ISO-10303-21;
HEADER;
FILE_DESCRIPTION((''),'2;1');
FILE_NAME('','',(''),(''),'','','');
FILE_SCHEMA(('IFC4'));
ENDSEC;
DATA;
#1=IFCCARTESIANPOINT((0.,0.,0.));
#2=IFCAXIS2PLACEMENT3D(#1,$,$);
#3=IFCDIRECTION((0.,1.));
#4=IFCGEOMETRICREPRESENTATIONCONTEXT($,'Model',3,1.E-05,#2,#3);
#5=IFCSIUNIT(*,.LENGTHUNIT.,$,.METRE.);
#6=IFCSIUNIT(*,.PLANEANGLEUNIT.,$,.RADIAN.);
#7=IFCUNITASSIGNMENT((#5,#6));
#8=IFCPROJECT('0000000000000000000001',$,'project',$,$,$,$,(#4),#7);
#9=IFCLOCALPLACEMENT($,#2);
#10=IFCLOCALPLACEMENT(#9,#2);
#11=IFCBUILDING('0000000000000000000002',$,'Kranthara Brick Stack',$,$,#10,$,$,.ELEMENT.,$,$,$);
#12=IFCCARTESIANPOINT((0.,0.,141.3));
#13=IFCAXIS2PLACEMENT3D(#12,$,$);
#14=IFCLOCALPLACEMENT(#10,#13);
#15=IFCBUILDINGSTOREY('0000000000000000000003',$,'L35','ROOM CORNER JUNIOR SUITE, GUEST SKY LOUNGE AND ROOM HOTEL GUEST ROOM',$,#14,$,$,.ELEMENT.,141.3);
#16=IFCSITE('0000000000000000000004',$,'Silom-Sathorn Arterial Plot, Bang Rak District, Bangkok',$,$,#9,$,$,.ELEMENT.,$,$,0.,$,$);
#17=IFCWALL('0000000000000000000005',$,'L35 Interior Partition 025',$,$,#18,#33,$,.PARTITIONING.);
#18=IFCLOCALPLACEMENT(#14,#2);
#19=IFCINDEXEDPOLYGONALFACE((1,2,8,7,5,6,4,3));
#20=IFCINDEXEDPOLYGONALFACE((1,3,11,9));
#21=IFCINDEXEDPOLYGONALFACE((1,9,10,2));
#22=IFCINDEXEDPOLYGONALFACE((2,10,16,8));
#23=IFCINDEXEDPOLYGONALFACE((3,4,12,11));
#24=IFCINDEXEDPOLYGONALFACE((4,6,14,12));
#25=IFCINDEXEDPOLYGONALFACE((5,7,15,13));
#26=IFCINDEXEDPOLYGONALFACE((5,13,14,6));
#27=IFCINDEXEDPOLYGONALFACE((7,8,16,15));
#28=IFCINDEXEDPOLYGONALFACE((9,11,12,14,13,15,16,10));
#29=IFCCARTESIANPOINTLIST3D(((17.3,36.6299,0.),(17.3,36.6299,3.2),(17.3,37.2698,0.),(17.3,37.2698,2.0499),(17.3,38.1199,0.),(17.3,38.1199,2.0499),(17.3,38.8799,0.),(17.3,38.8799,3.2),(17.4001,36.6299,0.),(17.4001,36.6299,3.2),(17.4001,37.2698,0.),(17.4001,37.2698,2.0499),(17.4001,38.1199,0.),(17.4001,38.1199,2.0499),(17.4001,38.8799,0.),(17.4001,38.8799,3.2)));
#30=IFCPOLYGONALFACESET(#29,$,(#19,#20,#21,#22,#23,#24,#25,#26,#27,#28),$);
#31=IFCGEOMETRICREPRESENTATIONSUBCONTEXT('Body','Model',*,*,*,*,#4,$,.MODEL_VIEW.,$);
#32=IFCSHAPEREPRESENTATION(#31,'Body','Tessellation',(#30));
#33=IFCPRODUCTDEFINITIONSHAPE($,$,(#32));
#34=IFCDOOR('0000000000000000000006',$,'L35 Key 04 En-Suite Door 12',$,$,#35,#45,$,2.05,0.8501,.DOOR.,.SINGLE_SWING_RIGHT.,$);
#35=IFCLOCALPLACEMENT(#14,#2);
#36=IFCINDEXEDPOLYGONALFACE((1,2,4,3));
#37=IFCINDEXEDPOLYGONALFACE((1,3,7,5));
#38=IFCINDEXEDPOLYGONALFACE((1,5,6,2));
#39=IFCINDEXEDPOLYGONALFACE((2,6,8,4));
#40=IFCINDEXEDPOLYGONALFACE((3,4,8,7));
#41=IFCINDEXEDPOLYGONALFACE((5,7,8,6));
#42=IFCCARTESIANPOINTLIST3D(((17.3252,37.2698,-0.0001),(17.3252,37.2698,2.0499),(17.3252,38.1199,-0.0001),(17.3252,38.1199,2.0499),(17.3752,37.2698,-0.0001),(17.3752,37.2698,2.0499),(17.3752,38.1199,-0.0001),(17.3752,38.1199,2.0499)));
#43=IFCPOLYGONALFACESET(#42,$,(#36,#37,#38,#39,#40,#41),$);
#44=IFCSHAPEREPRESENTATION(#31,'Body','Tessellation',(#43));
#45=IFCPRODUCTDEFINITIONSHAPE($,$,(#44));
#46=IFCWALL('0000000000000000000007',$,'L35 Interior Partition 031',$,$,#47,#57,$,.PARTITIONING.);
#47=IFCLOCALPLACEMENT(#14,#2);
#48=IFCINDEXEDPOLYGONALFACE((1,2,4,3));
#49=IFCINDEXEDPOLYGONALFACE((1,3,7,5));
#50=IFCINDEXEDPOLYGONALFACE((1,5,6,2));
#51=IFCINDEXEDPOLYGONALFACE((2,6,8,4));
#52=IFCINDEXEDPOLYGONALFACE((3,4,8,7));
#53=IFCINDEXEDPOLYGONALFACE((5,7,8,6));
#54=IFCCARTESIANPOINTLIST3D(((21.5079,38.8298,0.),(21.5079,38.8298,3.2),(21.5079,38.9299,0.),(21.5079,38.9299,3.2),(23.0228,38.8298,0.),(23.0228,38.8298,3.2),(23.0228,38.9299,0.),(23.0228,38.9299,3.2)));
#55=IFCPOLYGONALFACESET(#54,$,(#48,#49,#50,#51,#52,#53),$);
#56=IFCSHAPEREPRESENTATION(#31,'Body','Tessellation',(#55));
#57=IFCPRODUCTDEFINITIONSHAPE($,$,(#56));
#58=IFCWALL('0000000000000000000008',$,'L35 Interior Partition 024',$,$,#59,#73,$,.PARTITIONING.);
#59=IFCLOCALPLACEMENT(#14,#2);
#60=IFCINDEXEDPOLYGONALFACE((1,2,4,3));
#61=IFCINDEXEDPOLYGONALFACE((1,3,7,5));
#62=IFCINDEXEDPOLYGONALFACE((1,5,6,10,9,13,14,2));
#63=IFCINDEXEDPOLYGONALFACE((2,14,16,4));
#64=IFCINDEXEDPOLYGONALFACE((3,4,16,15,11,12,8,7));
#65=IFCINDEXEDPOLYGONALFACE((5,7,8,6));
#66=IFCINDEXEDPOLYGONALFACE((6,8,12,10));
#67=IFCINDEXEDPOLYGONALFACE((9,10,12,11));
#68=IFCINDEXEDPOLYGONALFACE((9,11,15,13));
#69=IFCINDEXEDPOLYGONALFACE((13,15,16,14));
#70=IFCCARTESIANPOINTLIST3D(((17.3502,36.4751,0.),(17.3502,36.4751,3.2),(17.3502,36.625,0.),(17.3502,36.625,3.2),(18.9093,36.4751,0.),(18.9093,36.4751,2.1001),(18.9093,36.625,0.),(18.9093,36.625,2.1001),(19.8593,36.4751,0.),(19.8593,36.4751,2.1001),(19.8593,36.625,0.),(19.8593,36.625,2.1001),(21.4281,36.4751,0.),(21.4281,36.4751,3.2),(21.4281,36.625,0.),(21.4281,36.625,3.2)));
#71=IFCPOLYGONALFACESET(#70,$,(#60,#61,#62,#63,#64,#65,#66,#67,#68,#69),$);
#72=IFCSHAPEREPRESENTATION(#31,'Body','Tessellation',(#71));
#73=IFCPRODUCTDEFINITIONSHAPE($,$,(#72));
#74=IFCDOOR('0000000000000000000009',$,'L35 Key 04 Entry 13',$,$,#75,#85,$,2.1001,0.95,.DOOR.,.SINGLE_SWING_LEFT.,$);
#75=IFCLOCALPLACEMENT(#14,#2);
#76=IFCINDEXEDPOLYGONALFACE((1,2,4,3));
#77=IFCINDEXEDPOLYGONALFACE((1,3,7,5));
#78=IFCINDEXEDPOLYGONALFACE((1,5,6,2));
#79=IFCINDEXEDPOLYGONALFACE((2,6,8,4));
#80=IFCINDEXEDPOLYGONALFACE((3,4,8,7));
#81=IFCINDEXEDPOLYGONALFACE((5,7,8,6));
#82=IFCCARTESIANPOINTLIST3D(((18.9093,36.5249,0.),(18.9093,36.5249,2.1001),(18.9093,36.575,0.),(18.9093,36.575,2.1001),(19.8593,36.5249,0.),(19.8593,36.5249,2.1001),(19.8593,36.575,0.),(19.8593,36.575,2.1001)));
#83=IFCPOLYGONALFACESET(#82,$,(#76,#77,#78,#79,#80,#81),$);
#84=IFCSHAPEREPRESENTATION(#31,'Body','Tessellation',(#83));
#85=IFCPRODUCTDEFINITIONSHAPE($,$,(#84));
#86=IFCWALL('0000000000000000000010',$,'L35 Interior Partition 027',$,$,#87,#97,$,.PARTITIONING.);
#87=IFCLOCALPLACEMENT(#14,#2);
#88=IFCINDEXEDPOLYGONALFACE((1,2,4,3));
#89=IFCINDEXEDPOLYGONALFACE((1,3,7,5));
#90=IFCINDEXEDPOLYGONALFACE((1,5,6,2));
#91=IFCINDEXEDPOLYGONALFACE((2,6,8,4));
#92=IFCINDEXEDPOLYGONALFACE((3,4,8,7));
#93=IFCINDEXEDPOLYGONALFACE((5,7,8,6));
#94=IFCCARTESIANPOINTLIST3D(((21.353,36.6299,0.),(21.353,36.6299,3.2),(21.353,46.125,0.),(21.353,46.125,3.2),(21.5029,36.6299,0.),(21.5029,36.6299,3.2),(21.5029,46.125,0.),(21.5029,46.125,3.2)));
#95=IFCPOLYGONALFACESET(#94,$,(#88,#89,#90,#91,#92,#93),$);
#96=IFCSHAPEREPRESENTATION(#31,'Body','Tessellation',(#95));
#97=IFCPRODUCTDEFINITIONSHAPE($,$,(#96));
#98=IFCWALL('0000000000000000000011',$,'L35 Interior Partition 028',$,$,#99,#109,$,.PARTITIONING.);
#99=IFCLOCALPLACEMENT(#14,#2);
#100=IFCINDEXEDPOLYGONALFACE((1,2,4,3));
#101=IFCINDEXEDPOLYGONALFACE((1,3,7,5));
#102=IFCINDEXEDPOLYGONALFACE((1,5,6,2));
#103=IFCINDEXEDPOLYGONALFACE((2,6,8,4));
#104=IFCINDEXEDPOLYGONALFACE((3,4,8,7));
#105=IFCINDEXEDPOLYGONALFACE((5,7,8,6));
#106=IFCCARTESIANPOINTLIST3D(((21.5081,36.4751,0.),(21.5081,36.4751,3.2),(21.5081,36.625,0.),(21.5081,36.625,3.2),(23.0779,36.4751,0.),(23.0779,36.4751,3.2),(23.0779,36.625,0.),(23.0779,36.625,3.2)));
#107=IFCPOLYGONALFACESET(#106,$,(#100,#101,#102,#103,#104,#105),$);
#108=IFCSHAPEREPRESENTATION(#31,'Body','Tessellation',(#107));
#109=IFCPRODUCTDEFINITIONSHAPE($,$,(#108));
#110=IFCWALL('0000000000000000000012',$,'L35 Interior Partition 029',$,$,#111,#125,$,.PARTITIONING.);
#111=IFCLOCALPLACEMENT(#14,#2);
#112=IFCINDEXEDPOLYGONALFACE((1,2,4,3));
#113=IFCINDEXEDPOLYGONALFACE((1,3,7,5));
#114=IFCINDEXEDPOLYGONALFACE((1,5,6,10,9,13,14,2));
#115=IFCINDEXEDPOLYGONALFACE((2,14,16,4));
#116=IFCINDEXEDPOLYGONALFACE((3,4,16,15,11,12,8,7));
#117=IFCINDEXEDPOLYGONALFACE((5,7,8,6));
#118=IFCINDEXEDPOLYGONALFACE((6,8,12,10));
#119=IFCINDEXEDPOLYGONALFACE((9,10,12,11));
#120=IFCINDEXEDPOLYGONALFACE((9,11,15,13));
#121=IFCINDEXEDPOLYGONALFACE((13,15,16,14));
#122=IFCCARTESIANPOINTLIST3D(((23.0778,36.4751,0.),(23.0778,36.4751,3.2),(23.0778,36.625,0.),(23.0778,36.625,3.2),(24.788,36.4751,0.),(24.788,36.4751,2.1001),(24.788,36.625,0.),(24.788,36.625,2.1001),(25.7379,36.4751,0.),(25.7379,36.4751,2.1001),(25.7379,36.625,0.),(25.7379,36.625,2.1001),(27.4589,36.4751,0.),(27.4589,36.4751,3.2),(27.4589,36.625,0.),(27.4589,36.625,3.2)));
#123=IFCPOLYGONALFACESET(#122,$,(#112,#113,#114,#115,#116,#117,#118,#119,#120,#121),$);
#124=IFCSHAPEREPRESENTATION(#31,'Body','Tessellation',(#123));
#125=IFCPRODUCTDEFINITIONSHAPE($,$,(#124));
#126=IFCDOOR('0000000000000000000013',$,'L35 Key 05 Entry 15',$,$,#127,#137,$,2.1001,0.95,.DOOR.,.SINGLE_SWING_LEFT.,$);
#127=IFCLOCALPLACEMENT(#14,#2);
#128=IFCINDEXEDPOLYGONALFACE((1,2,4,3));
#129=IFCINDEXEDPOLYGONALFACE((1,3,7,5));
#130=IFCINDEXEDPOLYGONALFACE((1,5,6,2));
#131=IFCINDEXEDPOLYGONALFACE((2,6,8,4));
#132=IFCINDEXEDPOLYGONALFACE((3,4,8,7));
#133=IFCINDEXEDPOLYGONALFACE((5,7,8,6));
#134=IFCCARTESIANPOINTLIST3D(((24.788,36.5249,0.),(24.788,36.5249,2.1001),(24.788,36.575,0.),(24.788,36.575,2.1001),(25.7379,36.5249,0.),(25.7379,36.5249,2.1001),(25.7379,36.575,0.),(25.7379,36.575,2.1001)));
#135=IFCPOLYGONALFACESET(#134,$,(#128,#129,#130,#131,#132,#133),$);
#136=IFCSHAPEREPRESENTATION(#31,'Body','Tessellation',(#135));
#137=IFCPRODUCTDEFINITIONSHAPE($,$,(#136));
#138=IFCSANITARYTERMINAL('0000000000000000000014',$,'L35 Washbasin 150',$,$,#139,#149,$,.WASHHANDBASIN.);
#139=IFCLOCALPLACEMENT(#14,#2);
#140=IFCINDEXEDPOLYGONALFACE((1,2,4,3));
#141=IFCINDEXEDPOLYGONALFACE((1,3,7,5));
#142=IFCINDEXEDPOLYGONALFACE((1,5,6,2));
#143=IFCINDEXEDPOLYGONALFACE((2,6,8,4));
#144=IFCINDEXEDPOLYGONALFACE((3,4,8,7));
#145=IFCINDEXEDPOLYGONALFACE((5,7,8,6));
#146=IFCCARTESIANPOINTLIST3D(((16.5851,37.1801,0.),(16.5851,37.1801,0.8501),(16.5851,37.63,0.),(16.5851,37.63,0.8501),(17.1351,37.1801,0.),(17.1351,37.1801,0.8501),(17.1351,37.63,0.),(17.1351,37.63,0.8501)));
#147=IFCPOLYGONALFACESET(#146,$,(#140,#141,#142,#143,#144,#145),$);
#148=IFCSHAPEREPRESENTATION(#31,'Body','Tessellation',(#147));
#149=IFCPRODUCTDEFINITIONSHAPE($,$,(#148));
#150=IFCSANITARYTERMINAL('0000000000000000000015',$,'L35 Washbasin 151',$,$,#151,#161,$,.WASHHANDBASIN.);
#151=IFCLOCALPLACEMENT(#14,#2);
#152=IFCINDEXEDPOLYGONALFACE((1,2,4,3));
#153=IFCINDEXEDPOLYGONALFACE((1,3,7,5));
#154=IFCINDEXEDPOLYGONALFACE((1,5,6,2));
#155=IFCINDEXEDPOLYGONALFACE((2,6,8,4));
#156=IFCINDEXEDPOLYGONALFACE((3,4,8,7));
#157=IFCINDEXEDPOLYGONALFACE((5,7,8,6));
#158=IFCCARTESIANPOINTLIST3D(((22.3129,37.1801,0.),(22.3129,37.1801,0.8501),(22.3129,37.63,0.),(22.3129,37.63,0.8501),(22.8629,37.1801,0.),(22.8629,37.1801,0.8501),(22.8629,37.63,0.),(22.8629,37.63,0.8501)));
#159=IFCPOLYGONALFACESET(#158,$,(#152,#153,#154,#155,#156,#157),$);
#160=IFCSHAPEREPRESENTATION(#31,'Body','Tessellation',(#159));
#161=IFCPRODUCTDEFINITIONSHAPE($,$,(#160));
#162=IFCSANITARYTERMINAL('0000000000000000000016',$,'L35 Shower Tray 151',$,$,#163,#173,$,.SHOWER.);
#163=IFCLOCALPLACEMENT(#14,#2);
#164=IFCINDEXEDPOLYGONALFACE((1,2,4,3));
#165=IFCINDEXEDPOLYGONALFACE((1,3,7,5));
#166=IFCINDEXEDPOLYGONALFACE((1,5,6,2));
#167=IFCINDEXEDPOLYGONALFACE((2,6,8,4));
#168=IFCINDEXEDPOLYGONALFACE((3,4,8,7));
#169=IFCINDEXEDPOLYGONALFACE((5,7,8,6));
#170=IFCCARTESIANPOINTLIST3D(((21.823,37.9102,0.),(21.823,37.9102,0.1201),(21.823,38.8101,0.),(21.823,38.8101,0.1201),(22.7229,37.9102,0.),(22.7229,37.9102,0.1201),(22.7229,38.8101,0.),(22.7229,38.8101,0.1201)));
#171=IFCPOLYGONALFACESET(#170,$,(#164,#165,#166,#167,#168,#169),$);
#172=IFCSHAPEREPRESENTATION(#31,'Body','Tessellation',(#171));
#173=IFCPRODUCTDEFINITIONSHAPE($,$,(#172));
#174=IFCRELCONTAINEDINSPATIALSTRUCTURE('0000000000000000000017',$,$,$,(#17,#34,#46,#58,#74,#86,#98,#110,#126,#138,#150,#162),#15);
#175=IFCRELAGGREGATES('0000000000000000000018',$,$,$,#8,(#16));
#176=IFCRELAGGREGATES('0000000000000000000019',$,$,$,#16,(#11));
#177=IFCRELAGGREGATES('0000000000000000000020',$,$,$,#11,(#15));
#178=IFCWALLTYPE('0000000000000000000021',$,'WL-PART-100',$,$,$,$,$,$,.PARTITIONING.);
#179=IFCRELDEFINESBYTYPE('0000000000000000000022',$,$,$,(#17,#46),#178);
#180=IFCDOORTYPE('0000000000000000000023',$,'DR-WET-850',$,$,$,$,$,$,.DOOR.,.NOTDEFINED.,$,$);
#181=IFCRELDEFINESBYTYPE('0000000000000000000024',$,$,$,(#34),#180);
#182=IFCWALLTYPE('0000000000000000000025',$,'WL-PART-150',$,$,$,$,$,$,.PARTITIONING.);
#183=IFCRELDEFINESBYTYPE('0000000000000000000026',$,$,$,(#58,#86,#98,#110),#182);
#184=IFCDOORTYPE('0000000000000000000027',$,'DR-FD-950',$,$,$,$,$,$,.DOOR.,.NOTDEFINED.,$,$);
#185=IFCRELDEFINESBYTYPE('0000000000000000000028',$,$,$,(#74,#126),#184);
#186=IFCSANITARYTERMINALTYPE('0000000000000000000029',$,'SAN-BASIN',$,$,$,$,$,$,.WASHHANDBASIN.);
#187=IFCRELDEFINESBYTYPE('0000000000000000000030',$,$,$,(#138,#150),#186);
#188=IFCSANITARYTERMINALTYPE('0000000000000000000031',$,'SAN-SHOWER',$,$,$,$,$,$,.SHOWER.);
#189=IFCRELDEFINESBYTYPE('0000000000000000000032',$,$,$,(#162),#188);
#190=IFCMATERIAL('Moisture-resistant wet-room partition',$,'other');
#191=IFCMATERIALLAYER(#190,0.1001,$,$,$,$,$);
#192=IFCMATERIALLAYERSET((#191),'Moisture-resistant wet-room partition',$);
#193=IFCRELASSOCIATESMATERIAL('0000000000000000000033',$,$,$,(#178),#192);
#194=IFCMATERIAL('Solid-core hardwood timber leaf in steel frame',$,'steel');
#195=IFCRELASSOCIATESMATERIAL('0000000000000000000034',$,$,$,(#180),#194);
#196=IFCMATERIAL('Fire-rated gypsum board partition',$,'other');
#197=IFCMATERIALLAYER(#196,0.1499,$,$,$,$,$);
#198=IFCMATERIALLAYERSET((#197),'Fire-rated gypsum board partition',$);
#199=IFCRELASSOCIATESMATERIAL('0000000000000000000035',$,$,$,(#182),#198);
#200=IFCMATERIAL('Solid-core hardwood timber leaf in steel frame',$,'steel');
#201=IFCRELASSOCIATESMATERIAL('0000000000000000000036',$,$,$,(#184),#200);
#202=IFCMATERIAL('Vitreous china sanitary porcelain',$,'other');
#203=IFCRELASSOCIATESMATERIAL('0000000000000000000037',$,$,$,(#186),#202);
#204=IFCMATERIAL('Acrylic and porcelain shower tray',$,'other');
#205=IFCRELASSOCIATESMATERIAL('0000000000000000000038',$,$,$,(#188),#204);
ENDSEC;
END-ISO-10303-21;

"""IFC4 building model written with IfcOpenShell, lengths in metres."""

from ifc_helpers import new_model, si_unit, direction, frame, frame_2d, origin, origin_2d, place, context, subcontext, project, spatial, rectangle, extrude, material, layer, layer_set, type_object, element, fill, save


model = new_model("IFC4")

# Units and contexts
model_context = context("Model", 3, precision=1e-05, world=origin(), true_north=direction((0.0, 1.0)))
body_context = subcontext(model_context, "Body", "Model", "MODEL_VIEW")
ifc_project = project(units=[si_unit("LENGTHUNIT", "METRE"), si_unit("PLANEANGLEUNIT", "RADIAN")], contexts=[model_context])

# Site, building, storey
site_placement = place(None, origin())
site = spatial("IfcSite", under=ifc_project, at=site_placement, Name="Silom-Sathorn Arterial Plot, Bang Rak District, Bangkok", CompositionType="ELEMENT", RefElevation=0.0)
building_placement = place(site_placement, origin())
building = spatial("IfcBuilding", under=site, at=building_placement, Name="Kranthara Brick Stack", CompositionType="ELEMENT")
storey_placement = place(building_placement, frame((0.0, 0.0, 141.3)))
storey = spatial("IfcBuildingStorey", under=building, at=storey_placement, Name="L35", Description="ROOM CORNER JUNIOR SUITE, GUEST SKY LOUNGE AND ROOM HOTEL GUEST ROOM", CompositionType="ELEMENT", Elevation=141.3)

# Wall, opening, door
ifc_material_1 = material(Name="Moisture-resistant wet-room partition", Category="other")
ifc_layer_1 = layer(ifc_material_1, 0.1001)
ifc_layer_set_1 = layer_set([ifc_layer_1], Name="Moisture-resistant wet-room partition")
wall_type_1 = type_object("IfcWallType", Name="WL-PART-100", PredefinedType="PARTITIONING", material=ifc_layer_set_1)
wall_1_placement = place(storey_placement, frame((17.3501, 36.6299, 0.0), z_axis=(0.0, 0.0, 1.0), x_axis=(0.0, 1.0, 0.0)))
wall_1 = element("IfcWall", 1, at=wall_1_placement, inside=storey, type_object=wall_type_1, Name="L35 Interior Partition 025", PredefinedType="PARTITIONING", context=body_context, shape_type="SweptSolid", body=[
    extrude(rectangle(XDim=2.25, YDim=0.1001, at=frame_2d((1.125, 0.0))), origin(), (0.0, 0.0, 1.0), 3.2),
])
opening_1_placement = place(wall_1_placement, frame((0.6399, 0.0, 0.0)))
opening_1 = element("IfcOpeningElement", 2, at=opening_1_placement, cuts=wall_1, PredefinedType="OPENING", context=body_context, shape_type="SweptSolid", body=[
    extrude(rectangle(XDim=0.8501, YDim=2.05, at=frame_2d((0.425, 1.0249))), frame((0.0, 0.0601, 0.0), z_axis=(0.0, -1.0, 0.0), x_axis=(1.0, 0.0, 0.0)), (0.0, 0.0, 1.0), 0.1201),
])
ifc_material_2 = material(Name="Solid-core hardwood timber leaf in steel frame", Category="steel")
door_type_1 = type_object("IfcDoorType", Name="DR-WET-850", OperationType="NOTDEFINED", PredefinedType="DOOR", material=ifc_material_2)
door_1_placement = place(opening_1_placement, origin())
door_1 = element("IfcDoor", 3, at=door_1_placement, inside=storey, type_object=door_type_1, Name="L35 Key 04 En-Suite Door 12", OperationType="SINGLE_SWING_RIGHT", OverallHeight=2.05, OverallWidth=0.8501, PredefinedType="DOOR", context=body_context, shape_type="SweptSolid", body=[
    extrude(rectangle(XDim=0.8501, YDim=2.05, at=frame_2d((0.425, 1.0249))), frame((0.0, 0.0249, 0.0), z_axis=(0.0, -1.0, 0.0), x_axis=(1.0, 0.0, 0.0)), (0.0, 0.0, 1.0), 0.05),
])
fill(opening_1, door_1)

# Wall
wall_2_placement = place(storey_placement, frame((21.5081, 38.8799, 0.0), z_axis=(0.0, 0.0, 1.0), x_axis=(1.0, 0.0, 0.0)))
element("IfcWall", 4, at=wall_2_placement, inside=storey, type_object=wall_type_1, Name="L35 Interior Partition 031", PredefinedType="PARTITIONING", context=body_context, shape_type="SweptSolid", body=[
    extrude(rectangle(XDim=1.5149, YDim=0.1001, at=frame_2d((0.7573, 0.0))), origin(), (0.0, 0.0, 1.0), 3.2),
])

# Wall, opening, door
ifc_material_3 = material(Name="Fire-rated gypsum board partition", Category="other")
ifc_layer_2 = layer(ifc_material_3, 0.1499)
ifc_layer_set_2 = layer_set([ifc_layer_2], Name="Fire-rated gypsum board partition")
wall_type_2 = type_object("IfcWallType", Name="WL-PART-150", PredefinedType="PARTITIONING", material=ifc_layer_set_2)
wall_3_placement = place(storey_placement, frame((17.3501, 36.55, 0.0), z_axis=(0.0, 0.0, 1.0), x_axis=(1.0, 0.0, 0.0)))
wall_3 = element("IfcWall", 5, at=wall_3_placement, inside=storey, type_object=wall_type_2, Name="L35 Interior Partition 024", PredefinedType="PARTITIONING", context=body_context, shape_type="SweptSolid", body=[
    extrude(rectangle(XDim=4.0779, YDim=0.1499, at=frame_2d((2.0391, 0.0))), origin(), (0.0, 0.0, 1.0), 3.2),
])
opening_2_placement = place(wall_3_placement, frame((1.5591, 0.0, 0.0)))
opening_2 = element("IfcOpeningElement", 6, at=opening_2_placement, cuts=wall_3, PredefinedType="OPENING", context=body_context, shape_type="SweptSolid", body=[
    extrude(rectangle(XDim=0.95, YDim=2.1001, at=frame_2d((0.4751, 1.05))), frame((0.0, 0.085, 0.0), z_axis=(0.0, -1.0, 0.0), x_axis=(1.0, 0.0, 0.0)), (0.0, 0.0, 1.0), 0.1699),
])
ifc_material_4 = material(Name="Solid-core hardwood timber leaf in steel frame", Category="steel")
door_type_2 = type_object("IfcDoorType", Name="DR-FD-950", OperationType="NOTDEFINED", PredefinedType="DOOR", material=ifc_material_4)
door_2_placement = place(opening_2_placement, origin())
door_2 = element("IfcDoor", 7, at=door_2_placement, inside=storey, type_object=door_type_2, Name="L35 Key 04 Entry 13", OperationType="SINGLE_SWING_LEFT", OverallHeight=2.1001, OverallWidth=0.95, PredefinedType="DOOR", context=body_context, shape_type="SweptSolid", body=[
    extrude(rectangle(XDim=0.95, YDim=2.1001, at=frame_2d((0.4751, 1.05))), frame((0.0, 0.0249, 0.0), z_axis=(0.0, -1.0, 0.0), x_axis=(1.0, 0.0, 0.0)), (0.0, 0.0, 1.0), 0.05),
])
fill(opening_2, door_2)

# Walls
wall_4_placement = place(storey_placement, frame((21.428, 36.6299, 0.0), z_axis=(0.0, 0.0, 1.0), x_axis=(0.0, 1.0, 0.0)))
element("IfcWall", 8, at=wall_4_placement, inside=storey, type_object=wall_type_2, Name="L35 Interior Partition 027", PredefinedType="PARTITIONING", context=body_context, shape_type="SweptSolid", body=[
    extrude(rectangle(XDim=9.4951, YDim=0.1499, at=frame_2d((4.7476, 0.0))), origin(), (0.0, 0.0, 1.0), 3.2),
])
wall_5_placement = place(storey_placement, frame((21.5081, 36.55, 0.0), z_axis=(0.0, 0.0, 1.0), x_axis=(1.0, 0.0, 0.0)))
element("IfcWall", 9, at=wall_5_placement, inside=storey, type_object=wall_type_2, Name="L35 Interior Partition 028", PredefinedType="PARTITIONING", context=body_context, shape_type="SweptSolid", body=[
    extrude(rectangle(XDim=1.5698, YDim=0.1499, at=frame_2d((0.7849, 0.0))), origin(), (0.0, 0.0, 1.0), 3.2),
])

# Wall, opening, door
wall_6_placement = place(storey_placement, frame((23.0779, 36.55, 0.0), z_axis=(0.0, 0.0, 1.0), x_axis=(1.0, 0.0, 0.0)))
wall_6 = element("IfcWall", 10, at=wall_6_placement, inside=storey, type_object=wall_type_2, Name="L35 Interior Partition 029", PredefinedType="PARTITIONING", context=body_context, shape_type="SweptSolid", body=[
    extrude(rectangle(XDim=4.3811, YDim=0.1499, at=frame_2d((2.1904, 0.0))), origin(), (0.0, 0.0, 1.0), 3.2),
])
opening_3_placement = place(wall_6_placement, frame((1.71, 0.0, 0.0)))
opening_3 = element("IfcOpeningElement", 11, at=opening_3_placement, cuts=wall_6, PredefinedType="OPENING", context=body_context, shape_type="SweptSolid", body=[
    extrude(rectangle(XDim=0.95, YDim=2.1001, at=frame_2d((0.4751, 1.05))), frame((0.0, 0.085, 0.0), z_axis=(0.0, -1.0, 0.0), x_axis=(1.0, 0.0, 0.0)), (0.0, 0.0, 1.0), 0.1699),
])
door_3_placement = place(opening_3_placement, origin())
door_3 = element("IfcDoor", 12, at=door_3_placement, inside=storey, type_object=door_type_2, Name="L35 Key 05 Entry 15", OperationType="SINGLE_SWING_LEFT", OverallHeight=2.1001, OverallWidth=0.95, PredefinedType="DOOR", context=body_context, shape_type="SweptSolid", body=[
    extrude(rectangle(XDim=0.95, YDim=2.1001, at=frame_2d((0.4751, 1.05))), frame((0.0, 0.0249, 0.0), z_axis=(0.0, -1.0, 0.0), x_axis=(1.0, 0.0, 0.0)), (0.0, 0.0, 1.0), 0.05),
])
fill(opening_3, door_3)

# Sanitary terminals
ifc_material_5 = material(Name="Vitreous china sanitary porcelain", Category="other")
sanitary_terminal_type_1 = type_object("IfcSanitaryTerminalType", Name="SAN-BASIN", PredefinedType="WASHHANDBASIN", material=ifc_material_5)
for number, where, z_axis, x_axis, name in (
    (13, (16.8601, 37.405, 0.0), (0.0, 0.0, 1.0), (1.0, 0.0, 0.0), "L35 Washbasin 150"),
    (14, (22.5879, 37.405, 0.0), (0.0, 0.0, 1.0), (1.0, 0.0, 0.0), "L35 Washbasin 151"),
):
    element("IfcSanitaryTerminal", number, at=place(storey_placement, frame(where, z_axis=z_axis, x_axis=x_axis)), inside=storey, type_object=sanitary_terminal_type_1, Name=name, PredefinedType="WASHHANDBASIN", context=body_context, shape_type="SweptSolid", body=[
        extrude(rectangle(XDim=0.55, YDim=0.45, at=origin_2d()), origin(), (0.0, 0.0, 1.0), 0.8501),
    ])
ifc_material_6 = material(Name="Acrylic and porcelain shower tray", Category="other")
sanitary_terminal_type_2 = type_object("IfcSanitaryTerminalType", Name="SAN-SHOWER", PredefinedType="SHOWER", material=ifc_material_6)
sanitary_terminal_1_placement = place(storey_placement, frame((22.2729, 38.3601, 0.0), z_axis=(0.0, 0.0, 1.0), x_axis=(1.0, 0.0, 0.0)))
element("IfcSanitaryTerminal", 15, at=sanitary_terminal_1_placement, inside=storey, type_object=sanitary_terminal_type_2, Name="L35 Shower Tray 151", PredefinedType="SHOWER", context=body_context, shape_type="SweptSolid", body=[
    extrude(rectangle(XDim=0.8999, YDim=0.8999, at=origin_2d()), origin(), (0.0, 0.0, 1.0), 0.1201),
])

save(model, "model.ifc")
